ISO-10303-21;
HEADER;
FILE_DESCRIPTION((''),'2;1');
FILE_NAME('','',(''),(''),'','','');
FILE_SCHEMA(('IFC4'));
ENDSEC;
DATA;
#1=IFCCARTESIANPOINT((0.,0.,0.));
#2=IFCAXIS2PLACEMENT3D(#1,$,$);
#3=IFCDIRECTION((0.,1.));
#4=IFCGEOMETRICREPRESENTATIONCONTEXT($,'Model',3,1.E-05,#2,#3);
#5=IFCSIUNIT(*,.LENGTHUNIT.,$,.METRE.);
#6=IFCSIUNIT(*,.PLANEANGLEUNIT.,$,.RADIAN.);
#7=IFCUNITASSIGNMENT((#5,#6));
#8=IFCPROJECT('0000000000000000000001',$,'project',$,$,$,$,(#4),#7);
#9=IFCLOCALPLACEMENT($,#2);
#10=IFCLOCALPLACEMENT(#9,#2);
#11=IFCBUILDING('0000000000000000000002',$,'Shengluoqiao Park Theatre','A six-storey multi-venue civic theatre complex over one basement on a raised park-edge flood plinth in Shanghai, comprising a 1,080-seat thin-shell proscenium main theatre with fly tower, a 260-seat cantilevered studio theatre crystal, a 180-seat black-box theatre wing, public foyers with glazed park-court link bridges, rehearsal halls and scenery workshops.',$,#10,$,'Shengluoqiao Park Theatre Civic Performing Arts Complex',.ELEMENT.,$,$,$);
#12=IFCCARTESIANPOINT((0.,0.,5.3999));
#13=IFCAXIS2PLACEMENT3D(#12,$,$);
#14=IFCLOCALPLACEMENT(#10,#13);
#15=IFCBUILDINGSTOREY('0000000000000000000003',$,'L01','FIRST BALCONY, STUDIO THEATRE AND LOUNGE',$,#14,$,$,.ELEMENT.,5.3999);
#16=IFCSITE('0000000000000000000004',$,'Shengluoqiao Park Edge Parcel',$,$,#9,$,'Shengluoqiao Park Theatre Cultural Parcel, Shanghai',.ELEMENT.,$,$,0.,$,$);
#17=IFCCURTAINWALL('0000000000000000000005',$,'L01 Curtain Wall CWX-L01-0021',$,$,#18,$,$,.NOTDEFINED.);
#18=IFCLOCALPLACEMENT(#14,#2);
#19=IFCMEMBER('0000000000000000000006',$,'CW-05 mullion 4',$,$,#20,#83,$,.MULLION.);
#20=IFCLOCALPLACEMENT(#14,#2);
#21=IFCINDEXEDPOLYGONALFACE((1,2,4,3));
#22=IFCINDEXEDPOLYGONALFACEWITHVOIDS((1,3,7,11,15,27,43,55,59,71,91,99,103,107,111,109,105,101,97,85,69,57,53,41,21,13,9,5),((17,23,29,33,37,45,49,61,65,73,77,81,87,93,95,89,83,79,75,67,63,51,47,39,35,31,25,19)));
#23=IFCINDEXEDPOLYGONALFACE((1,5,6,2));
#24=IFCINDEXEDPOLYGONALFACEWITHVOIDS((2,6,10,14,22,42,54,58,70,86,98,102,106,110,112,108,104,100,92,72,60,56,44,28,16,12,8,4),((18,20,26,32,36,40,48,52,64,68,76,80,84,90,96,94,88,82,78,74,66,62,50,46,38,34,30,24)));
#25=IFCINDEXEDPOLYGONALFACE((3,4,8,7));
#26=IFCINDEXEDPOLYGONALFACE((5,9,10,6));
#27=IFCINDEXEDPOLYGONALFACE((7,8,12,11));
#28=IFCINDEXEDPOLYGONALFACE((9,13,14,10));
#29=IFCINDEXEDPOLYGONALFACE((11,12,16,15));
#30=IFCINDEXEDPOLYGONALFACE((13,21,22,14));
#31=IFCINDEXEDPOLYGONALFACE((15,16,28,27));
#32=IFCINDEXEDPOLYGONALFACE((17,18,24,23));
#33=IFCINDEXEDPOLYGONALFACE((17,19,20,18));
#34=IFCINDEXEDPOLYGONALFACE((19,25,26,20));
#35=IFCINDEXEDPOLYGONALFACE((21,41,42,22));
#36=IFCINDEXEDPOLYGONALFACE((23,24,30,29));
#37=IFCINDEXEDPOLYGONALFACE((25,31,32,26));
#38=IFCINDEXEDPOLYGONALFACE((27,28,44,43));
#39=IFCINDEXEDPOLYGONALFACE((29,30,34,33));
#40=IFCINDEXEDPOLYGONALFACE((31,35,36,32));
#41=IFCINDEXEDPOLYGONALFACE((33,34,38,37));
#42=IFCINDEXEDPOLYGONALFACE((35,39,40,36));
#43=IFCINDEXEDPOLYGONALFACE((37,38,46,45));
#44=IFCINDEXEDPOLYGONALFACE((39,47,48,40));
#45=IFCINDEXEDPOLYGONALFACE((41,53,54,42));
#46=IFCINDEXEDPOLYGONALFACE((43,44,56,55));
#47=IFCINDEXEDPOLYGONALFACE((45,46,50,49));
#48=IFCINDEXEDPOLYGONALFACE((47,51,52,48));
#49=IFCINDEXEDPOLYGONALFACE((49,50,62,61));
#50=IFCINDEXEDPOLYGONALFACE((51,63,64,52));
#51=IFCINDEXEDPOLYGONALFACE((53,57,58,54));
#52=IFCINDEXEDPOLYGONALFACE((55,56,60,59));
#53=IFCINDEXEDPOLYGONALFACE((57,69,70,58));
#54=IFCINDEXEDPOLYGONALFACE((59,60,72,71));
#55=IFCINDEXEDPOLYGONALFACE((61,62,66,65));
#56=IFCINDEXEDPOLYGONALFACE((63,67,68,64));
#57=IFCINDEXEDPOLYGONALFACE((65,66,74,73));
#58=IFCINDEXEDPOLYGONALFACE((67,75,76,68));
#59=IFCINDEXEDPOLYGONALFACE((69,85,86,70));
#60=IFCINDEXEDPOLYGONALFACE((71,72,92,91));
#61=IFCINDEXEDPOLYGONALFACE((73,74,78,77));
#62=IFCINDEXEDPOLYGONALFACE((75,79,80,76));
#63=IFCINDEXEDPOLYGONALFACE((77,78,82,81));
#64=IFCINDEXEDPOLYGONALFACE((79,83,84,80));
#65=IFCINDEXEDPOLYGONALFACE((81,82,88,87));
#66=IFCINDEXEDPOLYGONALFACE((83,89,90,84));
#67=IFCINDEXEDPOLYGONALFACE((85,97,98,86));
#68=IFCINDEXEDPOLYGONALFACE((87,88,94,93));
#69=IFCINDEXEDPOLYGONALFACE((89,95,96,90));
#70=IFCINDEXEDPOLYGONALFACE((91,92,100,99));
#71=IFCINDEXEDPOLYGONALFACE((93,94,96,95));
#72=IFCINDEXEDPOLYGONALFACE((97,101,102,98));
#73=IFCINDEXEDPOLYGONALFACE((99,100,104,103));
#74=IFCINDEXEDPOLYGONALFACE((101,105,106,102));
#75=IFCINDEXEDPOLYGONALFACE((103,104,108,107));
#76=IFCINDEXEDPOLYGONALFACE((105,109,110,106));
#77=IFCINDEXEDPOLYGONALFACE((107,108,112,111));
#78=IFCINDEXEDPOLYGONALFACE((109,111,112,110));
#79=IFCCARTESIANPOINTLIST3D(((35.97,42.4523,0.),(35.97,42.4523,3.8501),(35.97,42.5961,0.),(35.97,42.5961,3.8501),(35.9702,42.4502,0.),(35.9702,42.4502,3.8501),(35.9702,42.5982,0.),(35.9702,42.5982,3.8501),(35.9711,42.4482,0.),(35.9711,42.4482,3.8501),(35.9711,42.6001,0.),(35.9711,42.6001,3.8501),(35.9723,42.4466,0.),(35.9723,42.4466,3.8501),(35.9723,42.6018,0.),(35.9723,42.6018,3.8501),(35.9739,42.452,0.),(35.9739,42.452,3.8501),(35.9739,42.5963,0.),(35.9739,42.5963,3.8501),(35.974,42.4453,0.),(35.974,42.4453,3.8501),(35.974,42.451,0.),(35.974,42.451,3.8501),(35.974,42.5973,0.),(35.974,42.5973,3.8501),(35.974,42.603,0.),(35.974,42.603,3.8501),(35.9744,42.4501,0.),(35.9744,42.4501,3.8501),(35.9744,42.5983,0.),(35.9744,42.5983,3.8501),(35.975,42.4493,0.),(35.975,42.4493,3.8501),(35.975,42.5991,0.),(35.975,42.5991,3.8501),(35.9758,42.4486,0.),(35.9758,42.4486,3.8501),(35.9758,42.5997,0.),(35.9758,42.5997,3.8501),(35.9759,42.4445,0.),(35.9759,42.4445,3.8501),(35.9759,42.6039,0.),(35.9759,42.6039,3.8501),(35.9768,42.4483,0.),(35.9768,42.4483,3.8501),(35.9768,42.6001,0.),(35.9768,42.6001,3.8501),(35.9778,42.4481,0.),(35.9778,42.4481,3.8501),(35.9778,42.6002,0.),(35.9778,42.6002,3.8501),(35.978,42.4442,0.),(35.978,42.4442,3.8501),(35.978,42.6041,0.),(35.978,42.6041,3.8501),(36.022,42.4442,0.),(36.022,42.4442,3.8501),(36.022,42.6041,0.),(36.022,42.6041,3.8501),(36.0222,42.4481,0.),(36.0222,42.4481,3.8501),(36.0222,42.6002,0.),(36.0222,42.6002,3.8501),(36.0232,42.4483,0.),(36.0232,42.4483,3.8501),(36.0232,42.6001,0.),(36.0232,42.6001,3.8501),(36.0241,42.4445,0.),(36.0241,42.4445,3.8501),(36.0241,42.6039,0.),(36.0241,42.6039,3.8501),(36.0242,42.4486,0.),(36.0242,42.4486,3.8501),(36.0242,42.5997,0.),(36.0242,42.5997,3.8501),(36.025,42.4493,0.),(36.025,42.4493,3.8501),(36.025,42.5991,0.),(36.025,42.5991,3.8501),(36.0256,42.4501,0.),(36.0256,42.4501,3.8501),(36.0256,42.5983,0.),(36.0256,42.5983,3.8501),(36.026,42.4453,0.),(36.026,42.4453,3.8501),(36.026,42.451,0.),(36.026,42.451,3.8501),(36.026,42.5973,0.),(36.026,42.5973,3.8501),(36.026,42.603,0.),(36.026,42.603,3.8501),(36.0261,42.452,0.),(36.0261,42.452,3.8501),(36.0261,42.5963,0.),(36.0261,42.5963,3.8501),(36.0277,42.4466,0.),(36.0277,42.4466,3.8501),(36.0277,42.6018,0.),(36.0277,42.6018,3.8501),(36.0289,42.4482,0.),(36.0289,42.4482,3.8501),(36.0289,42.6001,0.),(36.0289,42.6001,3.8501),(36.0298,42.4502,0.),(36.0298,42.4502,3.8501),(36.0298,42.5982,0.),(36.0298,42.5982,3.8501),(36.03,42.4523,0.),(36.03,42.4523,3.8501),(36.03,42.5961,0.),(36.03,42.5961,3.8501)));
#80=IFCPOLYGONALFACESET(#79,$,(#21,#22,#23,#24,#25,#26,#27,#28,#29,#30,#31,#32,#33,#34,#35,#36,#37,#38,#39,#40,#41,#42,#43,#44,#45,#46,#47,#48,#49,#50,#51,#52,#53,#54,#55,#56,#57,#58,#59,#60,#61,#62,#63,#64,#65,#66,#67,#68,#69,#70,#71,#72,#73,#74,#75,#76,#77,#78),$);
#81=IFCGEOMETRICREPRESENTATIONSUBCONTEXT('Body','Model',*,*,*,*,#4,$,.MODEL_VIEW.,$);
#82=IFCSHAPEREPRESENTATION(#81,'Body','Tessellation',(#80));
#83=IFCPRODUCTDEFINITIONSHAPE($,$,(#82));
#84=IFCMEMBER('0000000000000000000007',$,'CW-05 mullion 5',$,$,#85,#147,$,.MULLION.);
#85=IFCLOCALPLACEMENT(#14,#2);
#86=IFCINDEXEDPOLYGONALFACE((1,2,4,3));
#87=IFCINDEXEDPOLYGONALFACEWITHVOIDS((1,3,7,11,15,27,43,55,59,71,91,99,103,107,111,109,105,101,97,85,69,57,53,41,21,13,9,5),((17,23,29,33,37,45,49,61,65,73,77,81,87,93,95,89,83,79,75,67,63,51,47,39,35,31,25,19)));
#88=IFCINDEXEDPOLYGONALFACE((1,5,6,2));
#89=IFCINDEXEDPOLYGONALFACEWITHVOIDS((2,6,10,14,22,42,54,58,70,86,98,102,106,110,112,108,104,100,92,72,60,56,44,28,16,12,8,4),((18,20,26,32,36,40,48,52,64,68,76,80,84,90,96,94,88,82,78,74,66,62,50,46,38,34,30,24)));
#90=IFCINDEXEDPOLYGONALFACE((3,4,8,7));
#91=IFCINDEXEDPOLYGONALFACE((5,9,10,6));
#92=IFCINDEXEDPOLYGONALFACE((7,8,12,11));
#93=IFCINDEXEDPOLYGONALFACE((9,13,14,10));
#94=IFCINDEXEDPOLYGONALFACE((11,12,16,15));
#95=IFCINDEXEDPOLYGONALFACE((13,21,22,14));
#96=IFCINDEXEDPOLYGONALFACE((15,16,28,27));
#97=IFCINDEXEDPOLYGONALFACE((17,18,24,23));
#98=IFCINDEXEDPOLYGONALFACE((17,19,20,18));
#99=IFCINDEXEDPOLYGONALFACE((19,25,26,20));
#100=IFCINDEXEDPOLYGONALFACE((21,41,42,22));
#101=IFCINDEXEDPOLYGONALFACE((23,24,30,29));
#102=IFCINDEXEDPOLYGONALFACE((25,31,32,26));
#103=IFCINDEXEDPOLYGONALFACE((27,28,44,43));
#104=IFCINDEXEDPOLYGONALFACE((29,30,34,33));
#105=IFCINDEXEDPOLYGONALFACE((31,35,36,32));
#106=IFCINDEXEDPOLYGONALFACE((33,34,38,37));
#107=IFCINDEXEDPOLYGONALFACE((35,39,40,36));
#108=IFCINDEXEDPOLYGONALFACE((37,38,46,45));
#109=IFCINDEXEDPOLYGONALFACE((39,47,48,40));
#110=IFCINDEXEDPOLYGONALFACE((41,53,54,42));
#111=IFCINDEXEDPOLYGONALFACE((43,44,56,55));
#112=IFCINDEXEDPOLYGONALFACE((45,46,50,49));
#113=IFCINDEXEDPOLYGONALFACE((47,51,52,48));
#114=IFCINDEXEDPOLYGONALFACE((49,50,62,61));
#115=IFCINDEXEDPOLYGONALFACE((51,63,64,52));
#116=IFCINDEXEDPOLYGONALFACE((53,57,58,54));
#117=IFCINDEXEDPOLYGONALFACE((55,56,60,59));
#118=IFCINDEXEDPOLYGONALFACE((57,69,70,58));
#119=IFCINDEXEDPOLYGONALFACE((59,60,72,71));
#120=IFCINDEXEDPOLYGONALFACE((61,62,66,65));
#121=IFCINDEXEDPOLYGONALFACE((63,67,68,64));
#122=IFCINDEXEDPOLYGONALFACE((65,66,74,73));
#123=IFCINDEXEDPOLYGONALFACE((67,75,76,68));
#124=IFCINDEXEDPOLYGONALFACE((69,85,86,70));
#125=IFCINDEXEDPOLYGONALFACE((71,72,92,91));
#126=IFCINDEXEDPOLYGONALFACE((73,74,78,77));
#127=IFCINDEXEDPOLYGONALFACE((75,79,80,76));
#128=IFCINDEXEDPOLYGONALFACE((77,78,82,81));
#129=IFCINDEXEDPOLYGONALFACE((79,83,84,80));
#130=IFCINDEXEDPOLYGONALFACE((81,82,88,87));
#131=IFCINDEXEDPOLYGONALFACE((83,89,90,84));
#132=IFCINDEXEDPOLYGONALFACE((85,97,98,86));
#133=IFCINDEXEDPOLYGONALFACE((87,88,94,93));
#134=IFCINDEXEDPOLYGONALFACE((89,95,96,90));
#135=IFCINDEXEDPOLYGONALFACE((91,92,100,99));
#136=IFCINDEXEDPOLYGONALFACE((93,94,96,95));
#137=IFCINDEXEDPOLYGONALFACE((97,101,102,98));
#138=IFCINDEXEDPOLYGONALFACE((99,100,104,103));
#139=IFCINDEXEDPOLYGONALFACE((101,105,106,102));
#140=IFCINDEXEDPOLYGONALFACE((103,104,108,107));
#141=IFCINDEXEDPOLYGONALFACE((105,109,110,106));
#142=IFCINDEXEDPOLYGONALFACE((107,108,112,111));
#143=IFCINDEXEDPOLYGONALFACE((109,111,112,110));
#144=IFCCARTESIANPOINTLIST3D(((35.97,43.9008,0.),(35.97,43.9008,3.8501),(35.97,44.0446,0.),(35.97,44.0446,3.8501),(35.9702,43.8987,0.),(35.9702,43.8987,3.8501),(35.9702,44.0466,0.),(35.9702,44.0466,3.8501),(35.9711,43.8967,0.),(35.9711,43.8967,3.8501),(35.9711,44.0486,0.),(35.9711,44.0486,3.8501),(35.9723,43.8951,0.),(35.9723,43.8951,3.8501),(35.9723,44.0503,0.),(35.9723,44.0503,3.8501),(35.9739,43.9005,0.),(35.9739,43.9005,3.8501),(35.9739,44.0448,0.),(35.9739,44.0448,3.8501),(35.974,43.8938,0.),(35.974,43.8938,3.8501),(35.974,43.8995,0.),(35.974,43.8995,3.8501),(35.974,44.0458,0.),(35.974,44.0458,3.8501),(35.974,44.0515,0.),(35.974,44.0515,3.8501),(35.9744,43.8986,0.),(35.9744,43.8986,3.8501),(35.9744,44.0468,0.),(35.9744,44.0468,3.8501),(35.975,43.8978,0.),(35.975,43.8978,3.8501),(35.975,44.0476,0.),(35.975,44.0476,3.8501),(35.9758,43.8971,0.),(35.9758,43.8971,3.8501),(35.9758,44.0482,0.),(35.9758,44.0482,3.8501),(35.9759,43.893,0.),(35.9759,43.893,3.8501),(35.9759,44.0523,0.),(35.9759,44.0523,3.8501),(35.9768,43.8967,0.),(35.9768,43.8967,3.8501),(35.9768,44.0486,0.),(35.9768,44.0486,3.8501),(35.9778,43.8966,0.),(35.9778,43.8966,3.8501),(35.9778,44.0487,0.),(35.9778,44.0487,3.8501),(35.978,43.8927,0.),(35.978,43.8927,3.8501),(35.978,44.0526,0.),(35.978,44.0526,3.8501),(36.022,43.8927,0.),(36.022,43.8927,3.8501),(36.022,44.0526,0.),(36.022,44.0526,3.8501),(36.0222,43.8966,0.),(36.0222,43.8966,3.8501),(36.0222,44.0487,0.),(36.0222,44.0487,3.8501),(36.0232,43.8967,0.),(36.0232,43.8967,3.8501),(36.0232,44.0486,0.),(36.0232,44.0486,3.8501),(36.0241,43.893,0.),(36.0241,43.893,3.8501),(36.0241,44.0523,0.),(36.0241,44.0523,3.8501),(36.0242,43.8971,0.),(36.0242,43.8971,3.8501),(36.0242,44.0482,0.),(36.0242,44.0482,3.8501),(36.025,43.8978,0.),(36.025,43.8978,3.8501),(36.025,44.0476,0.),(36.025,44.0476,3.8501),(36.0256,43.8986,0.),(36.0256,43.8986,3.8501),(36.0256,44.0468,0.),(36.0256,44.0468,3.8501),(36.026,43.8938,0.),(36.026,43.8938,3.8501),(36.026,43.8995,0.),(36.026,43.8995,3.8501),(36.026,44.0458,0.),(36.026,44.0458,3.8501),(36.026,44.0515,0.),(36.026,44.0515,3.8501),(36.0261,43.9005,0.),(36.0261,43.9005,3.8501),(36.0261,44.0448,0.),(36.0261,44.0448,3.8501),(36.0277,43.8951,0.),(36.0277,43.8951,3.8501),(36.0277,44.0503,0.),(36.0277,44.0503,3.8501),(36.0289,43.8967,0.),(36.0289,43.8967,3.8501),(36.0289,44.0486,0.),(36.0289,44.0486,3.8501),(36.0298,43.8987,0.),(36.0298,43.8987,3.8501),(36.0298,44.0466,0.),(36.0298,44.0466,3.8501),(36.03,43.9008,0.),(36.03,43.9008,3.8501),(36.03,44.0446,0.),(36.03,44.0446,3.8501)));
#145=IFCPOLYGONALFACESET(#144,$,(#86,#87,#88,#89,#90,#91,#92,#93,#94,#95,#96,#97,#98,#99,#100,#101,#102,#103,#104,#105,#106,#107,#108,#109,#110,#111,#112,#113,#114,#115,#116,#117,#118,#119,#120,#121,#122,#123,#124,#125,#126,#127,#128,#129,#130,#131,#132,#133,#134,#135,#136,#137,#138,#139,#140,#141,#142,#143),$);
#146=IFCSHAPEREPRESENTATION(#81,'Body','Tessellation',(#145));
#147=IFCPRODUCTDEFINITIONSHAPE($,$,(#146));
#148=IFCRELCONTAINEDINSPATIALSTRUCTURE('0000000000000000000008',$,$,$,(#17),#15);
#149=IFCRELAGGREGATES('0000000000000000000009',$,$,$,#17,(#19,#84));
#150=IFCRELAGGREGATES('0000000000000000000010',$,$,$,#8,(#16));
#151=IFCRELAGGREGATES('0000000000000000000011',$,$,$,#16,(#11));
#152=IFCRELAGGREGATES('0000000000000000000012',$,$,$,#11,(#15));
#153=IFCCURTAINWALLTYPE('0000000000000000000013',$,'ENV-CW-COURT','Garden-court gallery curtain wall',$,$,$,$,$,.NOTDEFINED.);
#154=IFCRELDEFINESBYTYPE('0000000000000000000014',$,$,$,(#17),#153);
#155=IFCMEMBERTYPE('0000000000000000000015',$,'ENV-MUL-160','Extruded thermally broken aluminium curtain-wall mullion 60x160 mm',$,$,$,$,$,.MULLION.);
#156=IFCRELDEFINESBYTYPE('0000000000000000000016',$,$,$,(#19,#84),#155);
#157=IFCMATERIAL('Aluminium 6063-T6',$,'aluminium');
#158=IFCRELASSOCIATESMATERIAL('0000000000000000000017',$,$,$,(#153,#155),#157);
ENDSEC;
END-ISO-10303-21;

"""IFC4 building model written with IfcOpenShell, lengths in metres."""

from ifc_helpers import new_model, si_unit, direction, frame, origin, origin_2d, place, context, subcontext, project, spatial, hollow_rectangle, extrude, material, material_profile, profile_set, type_object, element, aggregate, save


model = new_model("IFC4")

# Units and contexts
model_context = context("Model", 3, precision=1e-05, world=origin(), true_north=direction((0.0, 1.0)))
body_context = subcontext(model_context, "Body", "Model", "MODEL_VIEW")
ifc_project = project(units=[si_unit("LENGTHUNIT", "METRE"), si_unit("PLANEANGLEUNIT", "RADIAN")], contexts=[model_context])

# Site, building, storey
site_placement = place(None, origin())
site = spatial("IfcSite", under=ifc_project, at=site_placement, Name="Shengluoqiao Park Edge Parcel", LongName="Shengluoqiao Park Theatre Cultural Parcel, Shanghai", CompositionType="ELEMENT", RefElevation=0.0)
building_placement = place(site_placement, origin())
building = spatial("IfcBuilding", under=site, at=building_placement, Name="Shengluoqiao Park Theatre", Description="A six-storey multi-venue civic theatre complex over one basement on a raised park-edge flood plinth in Shanghai, comprising a 1,080-seat thin-shell proscenium main theatre with fly tower, a 260-seat cantilevered studio theatre crystal, a 180-seat black-box theatre wing, public foyers with glazed park-court link bridges, rehearsal halls and scenery workshops.", LongName="Shengluoqiao Park Theatre Civic Performing Arts Complex", CompositionType="ELEMENT")
storey_placement = place(building_placement, frame((0.0, 0.0, 5.3999)))
storey = spatial("IfcBuildingStorey", under=building, at=storey_placement, Name="L01", Description="FIRST BALCONY, STUDIO THEATRE AND LOUNGE", CompositionType="ELEMENT", Elevation=5.3999)

# Curtain wall, members
ifc_material_1 = material(Name="Aluminium 6063-T6", Category="aluminium")
curtain_wall_type = type_object("IfcCurtainWallType", Name="ENV-CW-COURT", Description="Garden-court gallery curtain wall", PredefinedType="NOTDEFINED", material=ifc_material_1)
curtain_wall_1_placement = place(storey_placement, origin())
curtain_wall_1 = element("IfcCurtainWall", 1, at=curtain_wall_1_placement, inside=storey, type_object=curtain_wall_type, Name="L01 Curtain Wall CWX-L01-0021", PredefinedType="NOTDEFINED")
ifc_material_profile_1 = material_profile(ifc_material_1, hollow_rectangle(XDim=0.0601, YDim=0.1599, WallThickness=0.0039, InnerFilletRadius=0.0039, OuterFilletRadius=0.0081, at=origin_2d()), Name="ALU MULLION 160x60x4")
ifc_profile_set_1 = profile_set([ifc_material_profile_1], Name="Aluminium 6063-T6")
member_type_1 = type_object("IfcMemberType", Name="ENV-MUL-160", Description="Extruded thermally broken aluminium curtain-wall mullion 60x160 mm", PredefinedType="MULLION", material=ifc_profile_set_1)
member_1_placement = place(storey_placement, frame((36.0, 42.5242, 0.0), z_axis=(0.0, 0.0, 1.0), x_axis=(-1.0, 0.0, 0.0)))
member_1 = element("IfcMember", 2, at=member_1_placement, type_object=member_type_1, Name="CW-05 mullion 4", PredefinedType="MULLION", context=body_context, shape_type="SweptSolid", body=[
    extrude(hollow_rectangle(XDim=0.0601, YDim=0.1599, WallThickness=0.0039, InnerFilletRadius=0.0039, OuterFilletRadius=0.0081, at=origin_2d()), origin(), (0.0, 0.0, 1.0), 3.8501),
])
member_2_placement = place(storey_placement, frame((36.0, 43.9727, 0.0), z_axis=(0.0, 0.0, 1.0), x_axis=(-1.0, 0.0, 0.0)))
member_2 = element("IfcMember", 3, at=member_2_placement, type_object=member_type_1, Name="CW-05 mullion 5", PredefinedType="MULLION", context=body_context, shape_type="SweptSolid", body=[
    extrude(hollow_rectangle(XDim=0.0601, YDim=0.1599, WallThickness=0.0039, InnerFilletRadius=0.0039, OuterFilletRadius=0.0081, at=origin_2d()), origin(), (0.0, 0.0, 1.0), 3.8501),
])

aggregate(curtain_wall_1, [member_1, member_2])

save(model, "model.ifc")
